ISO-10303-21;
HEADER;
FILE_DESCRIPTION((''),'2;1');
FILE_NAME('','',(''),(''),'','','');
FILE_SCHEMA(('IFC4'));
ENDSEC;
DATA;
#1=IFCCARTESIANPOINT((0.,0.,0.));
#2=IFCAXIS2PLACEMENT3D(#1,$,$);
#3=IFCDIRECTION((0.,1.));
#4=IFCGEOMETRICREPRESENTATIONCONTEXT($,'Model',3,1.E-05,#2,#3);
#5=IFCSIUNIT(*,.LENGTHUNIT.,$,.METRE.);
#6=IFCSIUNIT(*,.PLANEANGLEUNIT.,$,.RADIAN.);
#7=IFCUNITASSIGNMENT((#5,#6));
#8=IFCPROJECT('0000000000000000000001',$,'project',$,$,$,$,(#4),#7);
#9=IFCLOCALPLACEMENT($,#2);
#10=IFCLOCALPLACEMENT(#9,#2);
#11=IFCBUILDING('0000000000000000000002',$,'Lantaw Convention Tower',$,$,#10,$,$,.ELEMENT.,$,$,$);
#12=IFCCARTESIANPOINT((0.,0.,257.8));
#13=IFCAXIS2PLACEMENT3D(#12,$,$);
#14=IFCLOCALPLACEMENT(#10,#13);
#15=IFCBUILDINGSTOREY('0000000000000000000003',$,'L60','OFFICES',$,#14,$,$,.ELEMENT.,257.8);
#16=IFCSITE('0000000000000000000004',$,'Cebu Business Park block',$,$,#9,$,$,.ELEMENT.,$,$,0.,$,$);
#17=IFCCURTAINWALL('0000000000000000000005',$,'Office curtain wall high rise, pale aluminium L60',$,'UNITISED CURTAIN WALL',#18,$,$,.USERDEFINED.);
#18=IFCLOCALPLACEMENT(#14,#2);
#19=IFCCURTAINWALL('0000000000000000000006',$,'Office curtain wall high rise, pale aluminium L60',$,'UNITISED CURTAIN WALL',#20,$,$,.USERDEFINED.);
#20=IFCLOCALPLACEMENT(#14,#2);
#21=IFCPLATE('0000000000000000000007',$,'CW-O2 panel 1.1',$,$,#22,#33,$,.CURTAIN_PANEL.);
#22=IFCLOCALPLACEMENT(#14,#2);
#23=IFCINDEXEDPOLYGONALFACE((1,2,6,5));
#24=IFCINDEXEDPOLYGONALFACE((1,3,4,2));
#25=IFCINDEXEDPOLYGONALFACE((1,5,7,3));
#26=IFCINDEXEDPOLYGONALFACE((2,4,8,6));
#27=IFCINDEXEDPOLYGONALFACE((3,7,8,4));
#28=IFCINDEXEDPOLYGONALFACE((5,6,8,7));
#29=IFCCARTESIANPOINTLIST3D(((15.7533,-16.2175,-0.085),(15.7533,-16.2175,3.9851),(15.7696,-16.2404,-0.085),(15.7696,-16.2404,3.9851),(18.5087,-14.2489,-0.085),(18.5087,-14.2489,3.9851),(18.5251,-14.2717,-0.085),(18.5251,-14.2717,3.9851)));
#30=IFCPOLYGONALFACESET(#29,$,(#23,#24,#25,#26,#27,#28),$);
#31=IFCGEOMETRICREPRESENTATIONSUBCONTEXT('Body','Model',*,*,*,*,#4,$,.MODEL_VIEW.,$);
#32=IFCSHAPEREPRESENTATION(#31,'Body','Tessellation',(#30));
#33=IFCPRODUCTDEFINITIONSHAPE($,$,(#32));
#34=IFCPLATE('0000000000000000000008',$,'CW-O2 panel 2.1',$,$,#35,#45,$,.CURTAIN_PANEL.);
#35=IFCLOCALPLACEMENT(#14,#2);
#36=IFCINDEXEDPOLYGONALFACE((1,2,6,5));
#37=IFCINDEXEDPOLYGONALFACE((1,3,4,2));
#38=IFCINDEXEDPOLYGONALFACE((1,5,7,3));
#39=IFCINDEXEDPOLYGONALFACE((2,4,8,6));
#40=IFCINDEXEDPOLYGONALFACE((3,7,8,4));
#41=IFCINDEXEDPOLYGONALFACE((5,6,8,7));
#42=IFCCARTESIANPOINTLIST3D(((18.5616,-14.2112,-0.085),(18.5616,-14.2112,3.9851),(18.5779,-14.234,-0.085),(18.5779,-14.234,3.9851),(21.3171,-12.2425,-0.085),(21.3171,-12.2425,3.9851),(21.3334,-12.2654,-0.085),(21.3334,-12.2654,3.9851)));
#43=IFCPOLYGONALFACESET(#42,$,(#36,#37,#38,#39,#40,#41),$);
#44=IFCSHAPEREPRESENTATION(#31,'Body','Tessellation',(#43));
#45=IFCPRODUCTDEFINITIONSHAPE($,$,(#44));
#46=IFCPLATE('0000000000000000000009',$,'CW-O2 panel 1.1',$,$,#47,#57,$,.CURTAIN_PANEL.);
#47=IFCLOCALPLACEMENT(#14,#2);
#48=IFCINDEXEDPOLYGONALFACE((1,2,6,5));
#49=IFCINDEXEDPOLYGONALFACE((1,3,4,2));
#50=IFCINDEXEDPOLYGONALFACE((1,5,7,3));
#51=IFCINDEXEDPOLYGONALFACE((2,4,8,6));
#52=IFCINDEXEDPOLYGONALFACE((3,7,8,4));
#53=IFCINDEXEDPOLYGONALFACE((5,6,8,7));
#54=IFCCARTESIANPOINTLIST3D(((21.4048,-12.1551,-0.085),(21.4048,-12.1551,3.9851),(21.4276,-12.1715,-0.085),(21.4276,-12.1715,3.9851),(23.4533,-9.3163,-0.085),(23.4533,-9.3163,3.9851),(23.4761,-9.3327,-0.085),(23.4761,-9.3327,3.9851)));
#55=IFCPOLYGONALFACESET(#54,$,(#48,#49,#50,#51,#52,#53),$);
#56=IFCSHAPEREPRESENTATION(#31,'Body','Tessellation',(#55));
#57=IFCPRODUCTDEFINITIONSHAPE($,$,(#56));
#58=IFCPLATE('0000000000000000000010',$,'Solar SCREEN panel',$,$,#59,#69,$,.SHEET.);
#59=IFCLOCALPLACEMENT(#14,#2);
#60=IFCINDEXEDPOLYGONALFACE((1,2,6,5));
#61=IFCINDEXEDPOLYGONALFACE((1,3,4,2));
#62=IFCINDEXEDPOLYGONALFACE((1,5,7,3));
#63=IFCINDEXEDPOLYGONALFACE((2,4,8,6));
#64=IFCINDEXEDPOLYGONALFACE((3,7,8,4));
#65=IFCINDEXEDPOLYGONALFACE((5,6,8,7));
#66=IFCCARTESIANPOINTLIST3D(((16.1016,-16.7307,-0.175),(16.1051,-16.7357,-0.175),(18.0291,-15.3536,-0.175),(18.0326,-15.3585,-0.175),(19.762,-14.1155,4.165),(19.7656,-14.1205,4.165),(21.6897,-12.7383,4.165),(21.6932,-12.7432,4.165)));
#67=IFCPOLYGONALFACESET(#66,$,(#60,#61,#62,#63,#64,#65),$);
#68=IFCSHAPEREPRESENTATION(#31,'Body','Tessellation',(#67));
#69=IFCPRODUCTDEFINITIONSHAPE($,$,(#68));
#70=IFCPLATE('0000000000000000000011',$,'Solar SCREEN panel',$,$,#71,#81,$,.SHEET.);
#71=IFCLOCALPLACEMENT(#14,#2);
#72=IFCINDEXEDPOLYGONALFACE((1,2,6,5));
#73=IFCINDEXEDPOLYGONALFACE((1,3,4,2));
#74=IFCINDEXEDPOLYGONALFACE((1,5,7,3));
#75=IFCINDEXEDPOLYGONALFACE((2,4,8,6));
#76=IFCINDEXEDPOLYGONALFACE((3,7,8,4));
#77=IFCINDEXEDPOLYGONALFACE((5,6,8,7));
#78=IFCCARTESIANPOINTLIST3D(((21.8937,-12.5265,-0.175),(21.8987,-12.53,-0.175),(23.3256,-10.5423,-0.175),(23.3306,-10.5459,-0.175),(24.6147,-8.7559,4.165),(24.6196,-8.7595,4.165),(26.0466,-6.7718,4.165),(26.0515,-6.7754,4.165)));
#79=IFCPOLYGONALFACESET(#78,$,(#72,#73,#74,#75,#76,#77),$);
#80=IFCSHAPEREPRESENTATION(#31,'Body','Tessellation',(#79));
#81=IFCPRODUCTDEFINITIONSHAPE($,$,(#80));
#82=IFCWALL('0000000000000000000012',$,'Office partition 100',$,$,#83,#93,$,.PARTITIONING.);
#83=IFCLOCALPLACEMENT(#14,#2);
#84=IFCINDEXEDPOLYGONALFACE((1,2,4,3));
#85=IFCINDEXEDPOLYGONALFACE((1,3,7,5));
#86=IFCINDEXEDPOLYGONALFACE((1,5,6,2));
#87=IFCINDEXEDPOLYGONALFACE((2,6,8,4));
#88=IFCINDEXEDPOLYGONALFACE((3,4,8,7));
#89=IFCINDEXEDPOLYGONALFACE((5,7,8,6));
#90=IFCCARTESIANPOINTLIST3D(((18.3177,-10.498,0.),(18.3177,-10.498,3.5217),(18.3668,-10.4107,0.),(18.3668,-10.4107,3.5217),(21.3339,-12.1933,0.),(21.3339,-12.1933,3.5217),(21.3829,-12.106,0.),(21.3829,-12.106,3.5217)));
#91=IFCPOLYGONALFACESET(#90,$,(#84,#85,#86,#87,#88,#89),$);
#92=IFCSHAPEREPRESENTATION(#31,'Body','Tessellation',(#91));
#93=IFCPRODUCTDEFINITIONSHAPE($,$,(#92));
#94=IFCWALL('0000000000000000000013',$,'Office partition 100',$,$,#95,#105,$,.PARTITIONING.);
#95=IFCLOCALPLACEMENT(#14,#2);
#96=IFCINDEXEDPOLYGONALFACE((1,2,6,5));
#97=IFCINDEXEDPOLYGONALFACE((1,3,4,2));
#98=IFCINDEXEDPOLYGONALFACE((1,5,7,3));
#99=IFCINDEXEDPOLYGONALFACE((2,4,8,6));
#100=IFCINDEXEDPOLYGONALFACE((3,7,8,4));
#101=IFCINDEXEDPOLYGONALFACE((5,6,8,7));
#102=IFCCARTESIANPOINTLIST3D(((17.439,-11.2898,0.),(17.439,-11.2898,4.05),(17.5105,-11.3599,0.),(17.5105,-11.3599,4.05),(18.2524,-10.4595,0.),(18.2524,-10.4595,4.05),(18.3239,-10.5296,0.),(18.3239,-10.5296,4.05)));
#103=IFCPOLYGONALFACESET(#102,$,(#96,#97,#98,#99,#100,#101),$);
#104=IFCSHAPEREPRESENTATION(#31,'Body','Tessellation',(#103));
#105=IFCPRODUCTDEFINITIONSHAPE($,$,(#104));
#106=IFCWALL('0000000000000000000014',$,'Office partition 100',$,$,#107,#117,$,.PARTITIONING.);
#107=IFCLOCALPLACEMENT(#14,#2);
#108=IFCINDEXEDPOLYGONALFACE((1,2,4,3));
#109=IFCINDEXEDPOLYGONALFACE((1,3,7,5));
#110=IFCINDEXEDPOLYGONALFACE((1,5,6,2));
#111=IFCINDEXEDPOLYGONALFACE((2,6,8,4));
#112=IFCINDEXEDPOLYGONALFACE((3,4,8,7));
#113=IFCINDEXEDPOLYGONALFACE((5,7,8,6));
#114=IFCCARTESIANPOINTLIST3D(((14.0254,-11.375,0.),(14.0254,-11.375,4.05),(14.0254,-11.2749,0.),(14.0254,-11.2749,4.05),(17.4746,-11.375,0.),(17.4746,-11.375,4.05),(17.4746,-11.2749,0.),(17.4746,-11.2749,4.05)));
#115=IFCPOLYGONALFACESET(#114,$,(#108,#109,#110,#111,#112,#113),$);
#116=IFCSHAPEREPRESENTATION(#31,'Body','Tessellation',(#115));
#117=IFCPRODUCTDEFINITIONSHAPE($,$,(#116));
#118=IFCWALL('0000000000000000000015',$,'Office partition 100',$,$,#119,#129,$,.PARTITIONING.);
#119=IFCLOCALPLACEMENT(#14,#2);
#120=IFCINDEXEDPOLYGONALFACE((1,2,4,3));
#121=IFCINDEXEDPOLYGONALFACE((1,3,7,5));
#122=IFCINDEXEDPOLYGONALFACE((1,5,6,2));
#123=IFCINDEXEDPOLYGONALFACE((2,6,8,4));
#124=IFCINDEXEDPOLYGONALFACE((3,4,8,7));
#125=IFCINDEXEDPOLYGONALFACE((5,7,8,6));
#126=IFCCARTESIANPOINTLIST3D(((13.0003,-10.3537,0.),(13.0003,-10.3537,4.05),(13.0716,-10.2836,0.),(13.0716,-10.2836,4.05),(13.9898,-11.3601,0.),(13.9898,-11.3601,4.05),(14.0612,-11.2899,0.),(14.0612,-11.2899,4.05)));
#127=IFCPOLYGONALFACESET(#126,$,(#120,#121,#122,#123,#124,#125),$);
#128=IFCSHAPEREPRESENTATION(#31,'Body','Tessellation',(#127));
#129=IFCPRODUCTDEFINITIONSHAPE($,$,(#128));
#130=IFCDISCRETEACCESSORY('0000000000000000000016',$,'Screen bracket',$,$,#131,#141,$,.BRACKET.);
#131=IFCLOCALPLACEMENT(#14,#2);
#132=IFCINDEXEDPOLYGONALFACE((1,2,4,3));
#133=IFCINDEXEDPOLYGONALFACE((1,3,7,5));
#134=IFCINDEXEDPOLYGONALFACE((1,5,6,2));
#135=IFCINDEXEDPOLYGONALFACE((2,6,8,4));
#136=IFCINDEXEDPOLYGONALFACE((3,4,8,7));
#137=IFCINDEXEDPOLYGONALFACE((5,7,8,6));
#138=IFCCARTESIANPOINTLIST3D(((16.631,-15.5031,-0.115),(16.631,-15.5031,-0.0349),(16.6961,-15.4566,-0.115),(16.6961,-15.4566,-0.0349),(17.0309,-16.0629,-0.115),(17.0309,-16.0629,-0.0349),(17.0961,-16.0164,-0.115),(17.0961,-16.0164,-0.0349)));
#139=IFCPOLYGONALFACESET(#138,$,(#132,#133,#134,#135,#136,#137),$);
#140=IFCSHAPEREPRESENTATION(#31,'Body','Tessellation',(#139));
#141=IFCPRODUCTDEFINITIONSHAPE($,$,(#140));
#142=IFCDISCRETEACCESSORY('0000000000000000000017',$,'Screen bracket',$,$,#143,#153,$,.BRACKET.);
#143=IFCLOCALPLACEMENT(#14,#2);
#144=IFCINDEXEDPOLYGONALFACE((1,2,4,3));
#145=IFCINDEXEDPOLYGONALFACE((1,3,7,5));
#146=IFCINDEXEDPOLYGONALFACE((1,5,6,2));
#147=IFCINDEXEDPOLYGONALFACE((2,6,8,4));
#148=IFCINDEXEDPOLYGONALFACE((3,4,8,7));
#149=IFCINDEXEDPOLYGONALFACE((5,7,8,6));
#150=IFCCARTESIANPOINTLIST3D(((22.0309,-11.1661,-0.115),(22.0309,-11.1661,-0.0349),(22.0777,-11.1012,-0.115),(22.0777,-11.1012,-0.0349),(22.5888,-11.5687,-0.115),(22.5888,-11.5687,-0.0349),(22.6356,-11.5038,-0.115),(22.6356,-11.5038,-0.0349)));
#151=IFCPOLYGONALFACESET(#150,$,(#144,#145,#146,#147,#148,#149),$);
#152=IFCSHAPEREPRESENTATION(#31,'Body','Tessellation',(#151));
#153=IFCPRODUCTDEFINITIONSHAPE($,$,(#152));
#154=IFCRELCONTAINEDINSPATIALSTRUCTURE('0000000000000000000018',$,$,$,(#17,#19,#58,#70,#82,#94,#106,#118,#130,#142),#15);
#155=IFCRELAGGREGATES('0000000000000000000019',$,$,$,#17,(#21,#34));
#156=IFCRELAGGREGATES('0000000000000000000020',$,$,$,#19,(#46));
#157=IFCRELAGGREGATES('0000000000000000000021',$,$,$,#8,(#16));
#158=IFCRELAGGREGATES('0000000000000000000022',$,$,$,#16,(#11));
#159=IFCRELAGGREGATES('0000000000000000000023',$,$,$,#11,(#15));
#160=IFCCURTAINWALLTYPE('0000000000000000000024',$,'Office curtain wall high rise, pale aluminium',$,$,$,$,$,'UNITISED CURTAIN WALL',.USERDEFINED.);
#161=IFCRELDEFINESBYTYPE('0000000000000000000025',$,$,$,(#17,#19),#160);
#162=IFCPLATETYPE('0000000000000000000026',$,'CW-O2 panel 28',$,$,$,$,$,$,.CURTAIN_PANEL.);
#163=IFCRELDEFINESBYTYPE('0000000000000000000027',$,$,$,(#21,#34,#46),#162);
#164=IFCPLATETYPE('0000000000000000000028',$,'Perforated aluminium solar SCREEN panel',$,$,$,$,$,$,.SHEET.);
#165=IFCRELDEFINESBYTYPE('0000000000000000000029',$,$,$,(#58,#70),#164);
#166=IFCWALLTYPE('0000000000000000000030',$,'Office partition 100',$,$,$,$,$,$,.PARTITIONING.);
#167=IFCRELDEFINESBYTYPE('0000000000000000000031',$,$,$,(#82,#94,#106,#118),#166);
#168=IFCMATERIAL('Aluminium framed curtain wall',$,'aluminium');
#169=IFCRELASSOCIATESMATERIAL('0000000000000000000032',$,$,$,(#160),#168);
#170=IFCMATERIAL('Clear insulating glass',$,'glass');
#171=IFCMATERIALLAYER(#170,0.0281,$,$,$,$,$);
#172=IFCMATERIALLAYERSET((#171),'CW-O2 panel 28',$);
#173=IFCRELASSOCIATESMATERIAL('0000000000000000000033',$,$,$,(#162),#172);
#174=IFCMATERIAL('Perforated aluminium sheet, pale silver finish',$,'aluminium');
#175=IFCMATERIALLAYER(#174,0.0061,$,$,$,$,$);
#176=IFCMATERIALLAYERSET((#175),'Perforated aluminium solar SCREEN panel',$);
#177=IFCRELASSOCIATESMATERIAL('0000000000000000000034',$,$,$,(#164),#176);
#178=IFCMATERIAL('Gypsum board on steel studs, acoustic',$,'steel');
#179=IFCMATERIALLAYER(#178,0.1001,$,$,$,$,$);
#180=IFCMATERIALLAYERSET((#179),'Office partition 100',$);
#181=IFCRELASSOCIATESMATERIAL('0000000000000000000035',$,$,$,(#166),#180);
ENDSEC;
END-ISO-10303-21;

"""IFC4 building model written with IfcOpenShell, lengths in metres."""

from ifc_helpers import new_model, si_unit, direction, frame, frame_2d, origin, origin_2d, place, context, subcontext, project, spatial, polyline, rectangle, outline, extrude, material, layer, layer_set, type_object, element, aggregate, save


model = new_model("IFC4")

# Units and contexts
model_context = context("Model", 3, precision=1e-05, world=origin(), true_north=direction((0.0, 1.0)))
body_context = subcontext(model_context, "Body", "Model", "MODEL_VIEW")
ifc_project = project(units=[si_unit("LENGTHUNIT", "METRE"), si_unit("PLANEANGLEUNIT", "RADIAN")], contexts=[model_context])

# Site, building, storey
site_placement = place(None, origin())
site = spatial("IfcSite", under=ifc_project, at=site_placement, Name="Cebu Business Park block", CompositionType="ELEMENT", RefElevation=0.0)
building_placement = place(site_placement, origin())
building = spatial("IfcBuilding", under=site, at=building_placement, Name="Lantaw Convention Tower", CompositionType="ELEMENT")
storey_placement = place(building_placement, frame((0.0, 0.0, 257.8)))
storey = spatial("IfcBuildingStorey", under=building, at=storey_placement, Name="L60", Description="OFFICES", CompositionType="ELEMENT", Elevation=257.8)

# Curtain walls
ifc_material_1 = material(Name="Aluminium framed curtain wall", Category="aluminium")
curtain_wall_type = type_object("IfcCurtainWallType", Name="Office curtain wall high rise, pale aluminium", ElementType="UNITISED CURTAIN WALL", PredefinedType="USERDEFINED", material=ifc_material_1)
curtain_wall_1_placement = place(storey_placement, origin())
curtain_wall_1 = element("IfcCurtainWall", 1, at=curtain_wall_1_placement, inside=storey, type_object=curtain_wall_type, Name="Office curtain wall high rise, pale aluminium L60", ObjectType="UNITISED CURTAIN WALL", PredefinedType="USERDEFINED")
curtain_wall_2_placement = place(storey_placement, origin())
curtain_wall_2 = element("IfcCurtainWall", 2, at=curtain_wall_2_placement, inside=storey, type_object=curtain_wall_type, Name="Office curtain wall high rise, pale aluminium L60", ObjectType="UNITISED CURTAIN WALL", PredefinedType="USERDEFINED")

# Plates
ifc_material_2 = material(Name="Clear insulating glass", Category="glass")
ifc_layer_1 = layer(ifc_material_2, 0.0281)
ifc_layer_set_1 = layer_set([ifc_layer_1], Name="CW-O2 panel 28")
plate_type_1 = type_object("IfcPlateType", Name="CW-O2 panel 28", PredefinedType="CURTAIN_PANEL", material=ifc_layer_set_1)
plate_1_placement = place(storey_placement, frame((17.1392, -15.2446, -0.085), z_axis=(0.0, 0.0, 1.0), x_axis=(0.813673, 0.581323, 0.0)))
plate_1 = element("IfcPlate", 3, at=plate_1_placement, type_object=plate_type_1, Name="CW-O2 panel 1.1", PredefinedType="CURTAIN_PANEL", context=body_context, shape_type="SweptSolid", body=[
    extrude(rectangle(XDim=3.3865, YDim=0.0281, at=origin_2d()), origin(), (0.0, 0.0, 1.0), 4.0701),
])
plate_2_placement = place(storey_placement, frame((19.9475, -13.2383, -0.085), z_axis=(0.0, 0.0, 1.0), x_axis=(0.813673, 0.581323, 0.0)))
plate_2 = element("IfcPlate", 4, at=plate_2_placement, type_object=plate_type_1, Name="CW-O2 panel 2.1", PredefinedType="CURTAIN_PANEL", context=body_context, shape_type="SweptSolid", body=[
    extrude(rectangle(XDim=3.3865, YDim=0.0281, at=origin_2d()), origin(), (0.0, 0.0, 1.0), 4.0701),
])
aggregate(curtain_wall_1, [plate_1, plate_2])
plate_3_placement = place(storey_placement, frame((22.4404, -10.7439, -0.085), z_axis=(0.0, 0.0, 1.0), x_axis=(0.585158, 0.81092, 0.0)))
plate_3 = element("IfcPlate", 5, at=plate_3_placement, type_object=plate_type_1, Name="CW-O2 panel 1.1", PredefinedType="CURTAIN_PANEL", context=body_context, shape_type="SweptSolid", body=[
    extrude(rectangle(XDim=3.5007, YDim=0.0281, at=origin_2d()), origin(), (0.0, 0.0, 1.0), 4.0701),
])
aggregate(curtain_wall_2, [plate_3])

# Plates
ifc_material_3 = material(Name="Perforated aluminium sheet, pale silver finish", Category="aluminium")
ifc_layer_2 = layer(ifc_material_3, 0.0061)
ifc_layer_set_2 = layer_set([ifc_layer_2], Name="Perforated aluminium solar SCREEN panel")
plate_type_2 = type_object("IfcPlateType", Name="Perforated aluminium solar SCREEN panel", PredefinedType="SHEET", material=ifc_layer_set_2)
plate_4_placement = place(storey_placement, frame((16.1016, -16.7307, -0.175), z_axis=(-0.581331, 0.813667, 0.00001), x_axis=(0.813667, 0.581331, 0.0)))
element("IfcPlate", 6, at=plate_4_placement, inside=storey, type_object=plate_type_2, Name="Solar SCREEN panel", PredefinedType="SHEET", context=body_context, shape_type="SweptSolid", body=[
    extrude(outline(polyline([(0.0, 0.0), (2.3689, 0.0), (6.8678, -4.3401), (4.4987, -4.3401), (0.0, 0.0)])), origin(), (0.0, 0.0, -1.0), 0.0061),
])
plate_5_placement = place(storey_placement, frame((21.8987, -12.53, -0.175), z_axis=(0.810892, -0.585195, 0.00002), x_axis=(0.585195, 0.810892, 0.0)))
element("IfcPlate", 7, at=plate_5_placement, inside=storey, type_object=plate_type_2, Name="Solar SCREEN panel", PredefinedType="SHEET", context=body_context, shape_type="SweptSolid", body=[
    extrude(outline(polyline([(0.0, 0.0), (2.4468, 0.0), (7.0966, 4.3401), (4.6498, 4.3401), (0.0, 0.0)])), origin(), (0.0, 0.0, -1.0), 0.0061),
])

# Walls
ifc_material_4 = material(Name="Gypsum board on steel studs, acoustic", Category="steel")
ifc_layer_3 = layer(ifc_material_4, 0.1001)
ifc_layer_set_3 = layer_set([ifc_layer_3], Name="Office partition 100")
wall_type = type_object("IfcWallType", Name="Office partition 100", PredefinedType="PARTITIONING", material=ifc_layer_set_3)
wall_1_placement = place(storey_placement, frame((21.3584, -12.1497, 0.0), z_axis=(0.0, 0.0, 1.0), x_axis=(-0.87173, 0.489987, 0.0)))
element("IfcWall", 8, at=wall_1_placement, inside=storey, type_object=wall_type, Name="Office partition 100", PredefinedType="PARTITIONING", context=body_context, shape_type="SweptSolid", body=[
    extrude(rectangle(XDim=3.46, YDim=0.1001, at=frame_2d((1.73, 0.0))), origin(), (0.0, 0.0, 1.0), 3.5217),
])
wall_2_placement = place(storey_placement, frame((18.2881, -10.4946, 0.0), z_axis=(0.0, 0.0, 1.0), x_axis=(-0.699824, -0.714316, 0.0)))
element("IfcWall", 9, at=wall_2_placement, inside=storey, type_object=wall_type, Name="Office partition 100", PredefinedType="PARTITIONING", context=body_context, shape_type="SweptSolid", body=[
    extrude(rectangle(XDim=1.1624, YDim=0.1001, at=frame_2d((0.5811, 0.0))), origin(), (0.0, 0.0, 1.0), 4.05),
])
wall_3_placement = place(storey_placement, frame((17.4746, -11.325, 0.0), z_axis=(0.0, 0.0, 1.0), x_axis=(-1.0, 0.0, 0.0)))
element("IfcWall", 10, at=wall_3_placement, inside=storey, type_object=wall_type, Name="Office partition 100", PredefinedType="PARTITIONING", context=body_context, shape_type="SweptSolid", body=[
    extrude(rectangle(XDim=3.4492, YDim=0.1001, at=frame_2d((1.7246, 0.0))), origin(), (0.0, 0.0, 1.0), 4.05),
])
wall_4_placement = place(storey_placement, frame((14.0254, -11.325, 0.0), z_axis=(0.0, 0.0, 1.0), x_axis=(-0.701114, 0.71305, 0.0)))
element("IfcWall", 11, at=wall_4_placement, inside=storey, type_object=wall_type, Name="Office partition 100", PredefinedType="PARTITIONING", context=body_context, shape_type="SweptSolid", body=[
    extrude(rectangle(XDim=1.4114, YDim=0.1001, at=frame_2d((0.7056, 0.0))), origin(), (0.0, 0.0, 1.0), 4.05),
])

# Discrete accessories
for number, where, z_axis, x_axis, name in (
    (12, (16.8635, -15.7598, -0.115), (0.0, 0.0, 1.0), (0.813673, 0.581323, 0.0), "Screen bracket"),
    (13, (22.3333, -11.335, -0.115), (0.0, 0.0, 1.0), (0.585158, 0.81092, 0.0), "Screen bracket"),
):
    element("IfcDiscreteAccessory", number, at=place(storey_placement, frame(where, z_axis=z_axis, x_axis=x_axis)), inside=storey, Name=name, PredefinedType="BRACKET", context=body_context, shape_type="SweptSolid", body=[
        extrude(rectangle(XDim=0.0801, YDim=0.688, at=origin_2d()), origin(), (0.0, 0.0, 1.0), 0.0801),
    ])

save(model, "model.ifc")
